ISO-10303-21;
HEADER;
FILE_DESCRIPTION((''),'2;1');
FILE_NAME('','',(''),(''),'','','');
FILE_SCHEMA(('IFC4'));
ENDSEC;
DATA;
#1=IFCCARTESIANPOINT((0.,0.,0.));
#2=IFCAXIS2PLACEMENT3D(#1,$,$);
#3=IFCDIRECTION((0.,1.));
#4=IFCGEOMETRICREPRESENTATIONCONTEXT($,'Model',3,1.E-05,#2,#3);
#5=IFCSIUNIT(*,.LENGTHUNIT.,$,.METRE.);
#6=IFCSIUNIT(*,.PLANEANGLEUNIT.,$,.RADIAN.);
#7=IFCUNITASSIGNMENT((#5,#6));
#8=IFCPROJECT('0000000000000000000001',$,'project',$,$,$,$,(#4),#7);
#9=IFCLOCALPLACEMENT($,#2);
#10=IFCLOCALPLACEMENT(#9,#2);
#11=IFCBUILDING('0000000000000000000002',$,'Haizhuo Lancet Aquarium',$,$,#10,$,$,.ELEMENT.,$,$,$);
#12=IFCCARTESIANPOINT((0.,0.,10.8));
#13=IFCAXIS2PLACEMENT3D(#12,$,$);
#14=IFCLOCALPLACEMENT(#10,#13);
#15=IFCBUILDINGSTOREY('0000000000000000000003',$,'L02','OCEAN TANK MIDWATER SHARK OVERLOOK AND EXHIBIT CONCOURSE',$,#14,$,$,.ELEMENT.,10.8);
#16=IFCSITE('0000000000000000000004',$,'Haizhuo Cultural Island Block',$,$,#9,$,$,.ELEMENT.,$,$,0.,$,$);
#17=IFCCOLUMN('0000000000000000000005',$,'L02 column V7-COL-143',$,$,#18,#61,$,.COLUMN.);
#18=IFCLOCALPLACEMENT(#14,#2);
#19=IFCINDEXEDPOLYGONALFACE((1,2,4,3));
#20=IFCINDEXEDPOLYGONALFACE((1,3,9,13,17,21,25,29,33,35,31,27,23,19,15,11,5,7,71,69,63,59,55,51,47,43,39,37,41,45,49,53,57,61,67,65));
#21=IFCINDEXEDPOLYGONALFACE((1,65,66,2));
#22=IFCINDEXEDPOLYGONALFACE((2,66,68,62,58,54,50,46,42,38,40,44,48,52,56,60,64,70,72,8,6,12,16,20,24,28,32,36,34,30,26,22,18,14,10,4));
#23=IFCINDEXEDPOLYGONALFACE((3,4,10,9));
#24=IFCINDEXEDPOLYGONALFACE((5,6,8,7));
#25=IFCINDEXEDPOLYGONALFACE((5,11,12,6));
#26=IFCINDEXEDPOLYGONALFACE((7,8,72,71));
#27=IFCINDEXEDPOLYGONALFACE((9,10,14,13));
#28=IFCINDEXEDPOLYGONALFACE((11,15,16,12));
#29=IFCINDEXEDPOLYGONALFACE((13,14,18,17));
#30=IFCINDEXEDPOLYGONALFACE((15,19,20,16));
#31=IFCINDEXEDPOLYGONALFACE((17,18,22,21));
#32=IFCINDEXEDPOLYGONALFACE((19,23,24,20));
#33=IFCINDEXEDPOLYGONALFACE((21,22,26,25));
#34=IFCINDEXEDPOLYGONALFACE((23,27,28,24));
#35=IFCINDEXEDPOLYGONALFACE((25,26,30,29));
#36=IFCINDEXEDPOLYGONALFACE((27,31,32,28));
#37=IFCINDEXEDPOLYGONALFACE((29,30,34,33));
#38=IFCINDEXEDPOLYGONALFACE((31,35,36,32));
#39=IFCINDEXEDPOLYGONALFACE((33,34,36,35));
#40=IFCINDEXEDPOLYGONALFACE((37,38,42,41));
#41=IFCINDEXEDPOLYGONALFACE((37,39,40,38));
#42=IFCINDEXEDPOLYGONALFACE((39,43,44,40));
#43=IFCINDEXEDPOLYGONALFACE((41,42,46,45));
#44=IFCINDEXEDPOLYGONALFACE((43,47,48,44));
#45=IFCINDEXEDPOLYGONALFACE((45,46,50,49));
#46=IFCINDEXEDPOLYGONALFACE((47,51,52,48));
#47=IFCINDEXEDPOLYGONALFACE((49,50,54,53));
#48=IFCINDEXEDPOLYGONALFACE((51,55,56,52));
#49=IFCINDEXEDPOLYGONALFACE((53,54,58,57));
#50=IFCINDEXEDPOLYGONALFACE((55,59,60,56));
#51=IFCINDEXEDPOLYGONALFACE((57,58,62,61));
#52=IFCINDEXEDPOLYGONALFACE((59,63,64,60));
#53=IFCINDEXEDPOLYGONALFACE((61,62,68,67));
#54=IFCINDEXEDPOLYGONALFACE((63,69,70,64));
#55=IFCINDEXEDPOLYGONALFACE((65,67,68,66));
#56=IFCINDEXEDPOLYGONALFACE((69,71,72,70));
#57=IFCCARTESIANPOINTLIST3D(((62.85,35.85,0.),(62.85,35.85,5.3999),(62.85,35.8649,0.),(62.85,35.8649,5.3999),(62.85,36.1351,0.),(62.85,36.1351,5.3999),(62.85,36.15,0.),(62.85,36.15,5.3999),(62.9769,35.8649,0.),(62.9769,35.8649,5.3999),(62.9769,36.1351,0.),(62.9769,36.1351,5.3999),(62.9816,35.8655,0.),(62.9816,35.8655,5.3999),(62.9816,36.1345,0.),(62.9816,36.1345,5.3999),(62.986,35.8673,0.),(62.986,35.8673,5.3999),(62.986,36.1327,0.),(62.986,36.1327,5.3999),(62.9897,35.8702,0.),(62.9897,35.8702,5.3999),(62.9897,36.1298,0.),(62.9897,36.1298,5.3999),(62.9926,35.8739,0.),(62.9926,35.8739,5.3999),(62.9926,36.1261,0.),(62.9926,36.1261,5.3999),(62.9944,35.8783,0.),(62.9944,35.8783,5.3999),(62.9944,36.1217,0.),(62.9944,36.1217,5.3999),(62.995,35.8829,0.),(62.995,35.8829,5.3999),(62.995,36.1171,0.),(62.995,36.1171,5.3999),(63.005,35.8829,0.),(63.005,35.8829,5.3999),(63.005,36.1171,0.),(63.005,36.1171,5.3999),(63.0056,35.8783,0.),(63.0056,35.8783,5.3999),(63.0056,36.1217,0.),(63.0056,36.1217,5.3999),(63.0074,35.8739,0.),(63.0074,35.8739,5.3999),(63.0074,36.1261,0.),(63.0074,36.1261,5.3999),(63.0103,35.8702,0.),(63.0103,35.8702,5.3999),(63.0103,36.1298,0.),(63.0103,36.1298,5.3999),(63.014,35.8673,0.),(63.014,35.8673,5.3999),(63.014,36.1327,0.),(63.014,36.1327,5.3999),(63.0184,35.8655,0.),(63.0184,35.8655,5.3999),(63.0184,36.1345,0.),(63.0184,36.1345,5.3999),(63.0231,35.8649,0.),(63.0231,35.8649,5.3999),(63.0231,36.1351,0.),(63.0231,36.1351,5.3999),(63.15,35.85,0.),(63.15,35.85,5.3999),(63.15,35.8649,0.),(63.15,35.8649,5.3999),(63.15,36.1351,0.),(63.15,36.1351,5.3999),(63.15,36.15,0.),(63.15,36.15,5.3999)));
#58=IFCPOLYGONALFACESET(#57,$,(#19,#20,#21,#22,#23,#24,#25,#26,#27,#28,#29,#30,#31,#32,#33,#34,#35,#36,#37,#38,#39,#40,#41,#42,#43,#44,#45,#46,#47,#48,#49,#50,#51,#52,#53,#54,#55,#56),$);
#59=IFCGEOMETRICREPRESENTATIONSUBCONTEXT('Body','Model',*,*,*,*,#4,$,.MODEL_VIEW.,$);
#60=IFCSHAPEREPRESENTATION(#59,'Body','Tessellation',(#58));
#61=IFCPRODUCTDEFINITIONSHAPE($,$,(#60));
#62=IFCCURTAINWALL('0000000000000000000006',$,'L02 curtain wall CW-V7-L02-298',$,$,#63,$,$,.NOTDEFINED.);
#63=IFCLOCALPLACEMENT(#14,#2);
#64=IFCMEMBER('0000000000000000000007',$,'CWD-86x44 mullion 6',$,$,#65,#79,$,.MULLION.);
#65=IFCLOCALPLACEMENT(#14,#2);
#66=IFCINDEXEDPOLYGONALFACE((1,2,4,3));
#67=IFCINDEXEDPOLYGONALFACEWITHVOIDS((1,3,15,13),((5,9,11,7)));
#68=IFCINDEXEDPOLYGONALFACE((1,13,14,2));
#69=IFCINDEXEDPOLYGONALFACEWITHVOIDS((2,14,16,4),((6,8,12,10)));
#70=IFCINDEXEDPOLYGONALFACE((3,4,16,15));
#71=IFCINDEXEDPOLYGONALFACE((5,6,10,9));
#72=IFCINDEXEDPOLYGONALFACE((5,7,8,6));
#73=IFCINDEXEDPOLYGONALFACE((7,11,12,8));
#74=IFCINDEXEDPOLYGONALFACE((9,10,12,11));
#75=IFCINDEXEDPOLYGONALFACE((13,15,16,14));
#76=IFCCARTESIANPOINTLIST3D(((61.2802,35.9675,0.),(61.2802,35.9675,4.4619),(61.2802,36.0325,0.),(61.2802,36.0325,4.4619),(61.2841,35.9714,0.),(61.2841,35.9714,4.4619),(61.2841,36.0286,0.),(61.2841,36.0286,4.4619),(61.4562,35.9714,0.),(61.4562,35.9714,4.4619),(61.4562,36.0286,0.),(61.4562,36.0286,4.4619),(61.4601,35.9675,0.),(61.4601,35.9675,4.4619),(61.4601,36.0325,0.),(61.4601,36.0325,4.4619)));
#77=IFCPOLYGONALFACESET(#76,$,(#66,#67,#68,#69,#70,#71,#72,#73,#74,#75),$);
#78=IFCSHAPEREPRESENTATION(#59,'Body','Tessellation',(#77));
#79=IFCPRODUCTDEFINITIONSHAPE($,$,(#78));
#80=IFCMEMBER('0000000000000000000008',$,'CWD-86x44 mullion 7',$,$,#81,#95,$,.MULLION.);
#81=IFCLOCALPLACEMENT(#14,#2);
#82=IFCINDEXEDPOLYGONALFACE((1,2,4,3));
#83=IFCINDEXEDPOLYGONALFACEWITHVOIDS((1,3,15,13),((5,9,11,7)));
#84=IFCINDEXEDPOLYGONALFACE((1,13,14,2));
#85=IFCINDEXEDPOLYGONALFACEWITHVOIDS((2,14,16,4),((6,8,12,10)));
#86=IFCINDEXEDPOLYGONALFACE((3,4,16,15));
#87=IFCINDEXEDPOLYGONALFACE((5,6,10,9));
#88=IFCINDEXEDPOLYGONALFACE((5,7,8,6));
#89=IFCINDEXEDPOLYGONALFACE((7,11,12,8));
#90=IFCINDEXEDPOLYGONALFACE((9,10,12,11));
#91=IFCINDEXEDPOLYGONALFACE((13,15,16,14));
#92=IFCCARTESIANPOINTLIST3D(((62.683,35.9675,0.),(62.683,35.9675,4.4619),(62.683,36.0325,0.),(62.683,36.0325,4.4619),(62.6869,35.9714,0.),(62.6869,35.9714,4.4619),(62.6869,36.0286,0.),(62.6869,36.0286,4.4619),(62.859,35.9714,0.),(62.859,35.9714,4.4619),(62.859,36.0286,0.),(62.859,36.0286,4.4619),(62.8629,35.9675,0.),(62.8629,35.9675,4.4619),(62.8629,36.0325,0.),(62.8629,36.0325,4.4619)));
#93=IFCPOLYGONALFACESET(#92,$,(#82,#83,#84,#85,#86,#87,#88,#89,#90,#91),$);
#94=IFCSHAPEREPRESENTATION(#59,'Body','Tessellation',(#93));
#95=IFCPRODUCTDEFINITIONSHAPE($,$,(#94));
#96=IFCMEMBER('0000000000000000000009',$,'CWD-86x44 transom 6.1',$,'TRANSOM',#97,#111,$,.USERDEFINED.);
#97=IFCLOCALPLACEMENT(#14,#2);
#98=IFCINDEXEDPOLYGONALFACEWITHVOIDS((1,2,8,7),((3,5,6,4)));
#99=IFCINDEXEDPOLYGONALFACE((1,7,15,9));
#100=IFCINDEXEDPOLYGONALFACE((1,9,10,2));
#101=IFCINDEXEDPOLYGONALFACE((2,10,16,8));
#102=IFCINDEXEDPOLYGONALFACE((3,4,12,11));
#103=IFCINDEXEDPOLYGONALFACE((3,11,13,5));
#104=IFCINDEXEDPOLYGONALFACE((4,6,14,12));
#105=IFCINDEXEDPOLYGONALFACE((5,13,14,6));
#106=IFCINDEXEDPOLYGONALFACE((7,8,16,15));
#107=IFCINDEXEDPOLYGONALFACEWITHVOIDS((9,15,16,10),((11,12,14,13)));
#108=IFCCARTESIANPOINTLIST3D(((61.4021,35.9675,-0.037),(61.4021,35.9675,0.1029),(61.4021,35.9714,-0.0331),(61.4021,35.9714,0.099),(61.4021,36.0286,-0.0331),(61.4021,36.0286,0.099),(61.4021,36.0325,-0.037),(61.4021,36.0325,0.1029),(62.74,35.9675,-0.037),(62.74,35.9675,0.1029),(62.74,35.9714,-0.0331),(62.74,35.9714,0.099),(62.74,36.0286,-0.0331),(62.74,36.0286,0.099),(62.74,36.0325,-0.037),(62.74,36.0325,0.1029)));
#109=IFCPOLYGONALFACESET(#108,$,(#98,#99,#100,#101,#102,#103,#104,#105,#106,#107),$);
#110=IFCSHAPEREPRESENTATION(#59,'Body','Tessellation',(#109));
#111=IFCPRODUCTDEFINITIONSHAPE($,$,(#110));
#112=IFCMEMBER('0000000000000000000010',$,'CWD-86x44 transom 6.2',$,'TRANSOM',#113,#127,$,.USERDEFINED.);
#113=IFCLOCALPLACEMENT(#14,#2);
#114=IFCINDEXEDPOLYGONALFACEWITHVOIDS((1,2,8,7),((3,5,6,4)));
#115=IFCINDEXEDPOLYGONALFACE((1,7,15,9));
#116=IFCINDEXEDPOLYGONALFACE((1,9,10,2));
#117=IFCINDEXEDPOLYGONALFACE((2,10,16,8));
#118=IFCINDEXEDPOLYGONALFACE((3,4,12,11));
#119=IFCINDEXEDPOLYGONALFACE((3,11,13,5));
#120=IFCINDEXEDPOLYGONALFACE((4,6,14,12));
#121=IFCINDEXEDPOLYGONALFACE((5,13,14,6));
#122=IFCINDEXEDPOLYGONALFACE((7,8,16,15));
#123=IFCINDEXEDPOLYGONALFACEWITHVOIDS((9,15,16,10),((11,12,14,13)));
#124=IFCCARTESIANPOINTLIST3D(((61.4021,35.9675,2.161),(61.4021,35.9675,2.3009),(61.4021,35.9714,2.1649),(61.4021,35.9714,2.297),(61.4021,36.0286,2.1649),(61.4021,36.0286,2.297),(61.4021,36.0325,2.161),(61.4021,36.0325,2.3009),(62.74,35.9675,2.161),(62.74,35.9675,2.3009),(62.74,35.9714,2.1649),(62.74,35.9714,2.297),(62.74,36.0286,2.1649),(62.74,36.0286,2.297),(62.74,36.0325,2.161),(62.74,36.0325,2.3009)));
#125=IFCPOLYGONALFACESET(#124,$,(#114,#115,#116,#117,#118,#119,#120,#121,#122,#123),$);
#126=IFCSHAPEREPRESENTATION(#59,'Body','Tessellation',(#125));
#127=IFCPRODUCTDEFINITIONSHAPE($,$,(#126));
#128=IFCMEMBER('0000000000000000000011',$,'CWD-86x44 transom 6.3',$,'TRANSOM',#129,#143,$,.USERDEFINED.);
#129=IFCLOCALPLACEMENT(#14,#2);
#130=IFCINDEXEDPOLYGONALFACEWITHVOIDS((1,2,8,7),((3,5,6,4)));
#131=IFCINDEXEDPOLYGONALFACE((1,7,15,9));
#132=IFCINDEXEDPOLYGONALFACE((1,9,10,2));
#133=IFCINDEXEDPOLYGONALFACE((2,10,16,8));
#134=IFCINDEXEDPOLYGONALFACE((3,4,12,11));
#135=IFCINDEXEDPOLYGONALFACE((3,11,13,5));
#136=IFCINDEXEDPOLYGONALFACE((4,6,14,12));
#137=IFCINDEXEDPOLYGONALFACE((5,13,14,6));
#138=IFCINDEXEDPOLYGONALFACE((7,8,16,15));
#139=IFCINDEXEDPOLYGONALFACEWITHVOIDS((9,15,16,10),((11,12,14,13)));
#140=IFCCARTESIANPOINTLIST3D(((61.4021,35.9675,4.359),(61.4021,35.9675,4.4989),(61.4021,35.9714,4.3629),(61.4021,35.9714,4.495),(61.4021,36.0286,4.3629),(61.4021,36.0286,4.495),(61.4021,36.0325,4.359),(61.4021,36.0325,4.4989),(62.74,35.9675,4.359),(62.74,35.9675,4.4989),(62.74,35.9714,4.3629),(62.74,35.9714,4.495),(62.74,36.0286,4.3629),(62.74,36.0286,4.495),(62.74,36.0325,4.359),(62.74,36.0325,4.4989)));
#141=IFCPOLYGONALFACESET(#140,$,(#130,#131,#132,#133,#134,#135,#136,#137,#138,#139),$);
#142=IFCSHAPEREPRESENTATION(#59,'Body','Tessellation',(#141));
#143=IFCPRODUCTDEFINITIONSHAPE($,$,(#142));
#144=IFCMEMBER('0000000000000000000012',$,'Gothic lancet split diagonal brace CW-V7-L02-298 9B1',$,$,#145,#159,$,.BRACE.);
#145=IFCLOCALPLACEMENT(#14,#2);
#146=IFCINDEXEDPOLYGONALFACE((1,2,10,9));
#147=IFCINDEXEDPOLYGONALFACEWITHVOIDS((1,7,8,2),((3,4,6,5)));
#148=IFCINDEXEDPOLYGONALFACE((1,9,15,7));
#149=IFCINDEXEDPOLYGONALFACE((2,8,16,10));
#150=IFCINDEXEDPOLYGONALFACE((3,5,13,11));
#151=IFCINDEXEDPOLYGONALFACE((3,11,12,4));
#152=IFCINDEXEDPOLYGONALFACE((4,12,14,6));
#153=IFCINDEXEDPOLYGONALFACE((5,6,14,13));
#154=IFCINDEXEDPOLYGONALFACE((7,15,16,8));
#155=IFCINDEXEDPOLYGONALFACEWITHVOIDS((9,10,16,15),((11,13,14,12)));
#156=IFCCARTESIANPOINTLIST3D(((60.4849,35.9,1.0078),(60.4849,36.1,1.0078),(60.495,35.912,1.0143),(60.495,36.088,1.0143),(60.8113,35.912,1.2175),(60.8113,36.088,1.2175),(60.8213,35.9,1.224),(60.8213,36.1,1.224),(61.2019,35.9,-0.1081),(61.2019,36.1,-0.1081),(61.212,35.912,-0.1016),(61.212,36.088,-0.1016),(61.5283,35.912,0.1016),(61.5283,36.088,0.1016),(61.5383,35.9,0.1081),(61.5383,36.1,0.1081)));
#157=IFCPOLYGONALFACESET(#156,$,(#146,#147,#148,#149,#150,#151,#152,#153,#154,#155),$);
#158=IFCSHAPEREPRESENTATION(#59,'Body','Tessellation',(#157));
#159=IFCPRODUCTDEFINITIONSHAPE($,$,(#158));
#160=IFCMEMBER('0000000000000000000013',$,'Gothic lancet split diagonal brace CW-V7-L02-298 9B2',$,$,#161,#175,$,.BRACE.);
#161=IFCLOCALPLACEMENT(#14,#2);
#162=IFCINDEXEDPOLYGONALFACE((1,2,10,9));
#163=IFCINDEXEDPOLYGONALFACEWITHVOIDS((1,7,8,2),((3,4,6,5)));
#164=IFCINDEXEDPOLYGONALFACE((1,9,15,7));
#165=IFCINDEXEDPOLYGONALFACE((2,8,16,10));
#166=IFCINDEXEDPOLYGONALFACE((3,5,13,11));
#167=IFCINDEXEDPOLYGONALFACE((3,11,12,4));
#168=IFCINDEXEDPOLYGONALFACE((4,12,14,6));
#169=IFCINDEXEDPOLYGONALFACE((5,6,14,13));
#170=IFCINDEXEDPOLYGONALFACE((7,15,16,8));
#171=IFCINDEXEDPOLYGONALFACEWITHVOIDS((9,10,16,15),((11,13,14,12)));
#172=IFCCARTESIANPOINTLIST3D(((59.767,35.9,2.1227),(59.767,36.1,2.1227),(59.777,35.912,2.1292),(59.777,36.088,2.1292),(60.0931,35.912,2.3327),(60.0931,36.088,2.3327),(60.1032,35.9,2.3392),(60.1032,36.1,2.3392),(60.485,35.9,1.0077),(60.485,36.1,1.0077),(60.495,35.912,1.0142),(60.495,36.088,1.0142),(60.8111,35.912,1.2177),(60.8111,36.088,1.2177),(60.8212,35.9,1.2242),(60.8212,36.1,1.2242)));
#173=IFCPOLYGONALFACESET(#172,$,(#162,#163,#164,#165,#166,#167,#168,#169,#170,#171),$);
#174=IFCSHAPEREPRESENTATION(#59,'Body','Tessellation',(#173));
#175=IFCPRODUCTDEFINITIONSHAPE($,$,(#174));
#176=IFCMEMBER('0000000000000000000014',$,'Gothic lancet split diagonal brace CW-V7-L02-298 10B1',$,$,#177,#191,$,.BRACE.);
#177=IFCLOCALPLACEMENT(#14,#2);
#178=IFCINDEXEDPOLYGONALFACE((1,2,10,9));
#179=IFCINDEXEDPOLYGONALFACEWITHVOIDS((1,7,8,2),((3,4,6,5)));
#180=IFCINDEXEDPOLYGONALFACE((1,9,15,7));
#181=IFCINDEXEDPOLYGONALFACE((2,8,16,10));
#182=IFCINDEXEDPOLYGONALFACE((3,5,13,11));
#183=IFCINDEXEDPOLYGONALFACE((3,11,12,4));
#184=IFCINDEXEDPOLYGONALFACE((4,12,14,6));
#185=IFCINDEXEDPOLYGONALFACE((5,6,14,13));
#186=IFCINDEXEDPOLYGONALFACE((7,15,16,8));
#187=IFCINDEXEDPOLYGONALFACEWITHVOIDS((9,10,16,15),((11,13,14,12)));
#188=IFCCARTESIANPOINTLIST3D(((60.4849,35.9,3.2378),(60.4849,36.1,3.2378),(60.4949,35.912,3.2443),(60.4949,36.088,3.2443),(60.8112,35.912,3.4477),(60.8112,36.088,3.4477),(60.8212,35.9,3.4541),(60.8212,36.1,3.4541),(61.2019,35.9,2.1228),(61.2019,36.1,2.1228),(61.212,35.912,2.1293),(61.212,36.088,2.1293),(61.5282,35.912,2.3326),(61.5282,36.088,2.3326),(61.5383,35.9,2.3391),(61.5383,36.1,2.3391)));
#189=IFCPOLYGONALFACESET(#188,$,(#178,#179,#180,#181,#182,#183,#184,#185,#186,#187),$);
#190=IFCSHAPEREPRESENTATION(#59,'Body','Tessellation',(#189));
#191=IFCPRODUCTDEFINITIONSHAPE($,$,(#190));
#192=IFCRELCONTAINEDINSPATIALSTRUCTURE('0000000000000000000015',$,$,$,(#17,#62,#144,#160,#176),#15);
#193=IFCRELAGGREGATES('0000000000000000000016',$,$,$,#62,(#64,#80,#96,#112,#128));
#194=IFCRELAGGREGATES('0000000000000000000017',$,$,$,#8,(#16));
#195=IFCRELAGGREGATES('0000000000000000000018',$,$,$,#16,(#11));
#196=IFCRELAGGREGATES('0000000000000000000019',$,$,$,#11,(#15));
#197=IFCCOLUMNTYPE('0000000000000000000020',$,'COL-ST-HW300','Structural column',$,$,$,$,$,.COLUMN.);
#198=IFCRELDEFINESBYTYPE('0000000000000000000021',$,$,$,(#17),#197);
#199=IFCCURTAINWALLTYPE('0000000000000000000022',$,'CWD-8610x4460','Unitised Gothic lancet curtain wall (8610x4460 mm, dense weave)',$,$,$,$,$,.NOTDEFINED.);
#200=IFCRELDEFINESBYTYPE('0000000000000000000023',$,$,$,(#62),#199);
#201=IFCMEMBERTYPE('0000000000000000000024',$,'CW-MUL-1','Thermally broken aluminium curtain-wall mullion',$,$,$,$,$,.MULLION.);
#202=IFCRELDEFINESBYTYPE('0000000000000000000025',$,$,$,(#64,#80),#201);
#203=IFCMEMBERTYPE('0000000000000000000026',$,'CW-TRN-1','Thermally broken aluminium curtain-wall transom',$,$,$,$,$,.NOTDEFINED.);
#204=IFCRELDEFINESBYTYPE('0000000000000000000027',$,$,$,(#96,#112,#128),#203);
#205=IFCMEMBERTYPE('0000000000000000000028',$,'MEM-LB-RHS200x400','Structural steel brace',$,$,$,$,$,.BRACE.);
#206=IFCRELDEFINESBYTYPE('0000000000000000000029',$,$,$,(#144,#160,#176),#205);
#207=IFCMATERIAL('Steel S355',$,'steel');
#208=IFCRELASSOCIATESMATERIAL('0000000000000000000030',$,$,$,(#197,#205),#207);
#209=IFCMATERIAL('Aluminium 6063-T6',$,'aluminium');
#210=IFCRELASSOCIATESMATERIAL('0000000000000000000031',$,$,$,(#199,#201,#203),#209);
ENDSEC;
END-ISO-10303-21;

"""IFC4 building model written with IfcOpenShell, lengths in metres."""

from ifc_helpers import new_model, si_unit, direction, frame, origin, origin_2d, place, context, subcontext, project, spatial, hollow_rectangle, i_section, extrude, material, material_profile, profile_set, type_object, element, aggregate, save


model = new_model("IFC4")

# Units and contexts
model_context = context("Model", 3, precision=1e-05, world=origin(), true_north=direction((0.0, 1.0)))
body_context = subcontext(model_context, "Body", "Model", "MODEL_VIEW")
ifc_project = project(units=[si_unit("LENGTHUNIT", "METRE"), si_unit("PLANEANGLEUNIT", "RADIAN")], contexts=[model_context])

# Site, building, storey
site_placement = place(None, origin())
site = spatial("IfcSite", under=ifc_project, at=site_placement, Name="Haizhuo Cultural Island Block", CompositionType="ELEMENT", RefElevation=0.0)
building_placement = place(site_placement, origin())
building = spatial("IfcBuilding", under=site, at=building_placement, Name="Haizhuo Lancet Aquarium", CompositionType="ELEMENT")
storey_placement = place(building_placement, frame((0.0, 0.0, 10.8)))
storey = spatial("IfcBuildingStorey", under=building, at=storey_placement, Name="L02", Description="OCEAN TANK MIDWATER SHARK OVERLOOK AND EXHIBIT CONCOURSE", CompositionType="ELEMENT", Elevation=10.8)

# Column
ifc_material_1 = material(Name="Steel S355", Category="steel")
ifc_material_profile_1 = material_profile(ifc_material_1, i_section(OverallWidth=0.3, OverallDepth=0.3, WebThickness=0.01, FlangeThickness=0.0149, FilletRadius=0.0181, at=origin_2d()), Name="HW 300x300x10x15")
ifc_profile_set_1 = profile_set([ifc_material_profile_1], Name="Steel S355")
column_type = type_object("IfcColumnType", Name="COL-ST-HW300", Description="Structural column", PredefinedType="COLUMN", material=ifc_profile_set_1)
column_placement = place(storey_placement, frame((63.0, 36.0, 0.0), z_axis=(0.0, 0.0, 1.0), x_axis=(1.0, 0.0, 0.0)))
element("IfcColumn", 1, at=column_placement, inside=storey, type_object=column_type, Name="L02 column V7-COL-143", PredefinedType="COLUMN", context=body_context, shape_type="SweptSolid", body=[
    extrude(i_section(OverallWidth=0.3, OverallDepth=0.3, WebThickness=0.01, FlangeThickness=0.0149, FilletRadius=0.0181, at=origin_2d()), origin(), (0.0, 0.0, 1.0), 5.3999),
])

# Curtain wall, members
ifc_material_2 = material(Name="Aluminium 6063-T6", Category="aluminium")
curtain_wall_type = type_object("IfcCurtainWallType", Name="CWD-8610x4460", Description="Unitised Gothic lancet curtain wall (8610x4460 mm, dense weave)", PredefinedType="NOTDEFINED", material=ifc_material_2)
curtain_wall_placement = place(storey_placement, origin())
curtain_wall = element("IfcCurtainWall", 2, at=curtain_wall_placement, inside=storey, type_object=curtain_wall_type, Name="L02 curtain wall CW-V7-L02-298", PredefinedType="NOTDEFINED")
ifc_material_profile_2 = material_profile(ifc_material_2, hollow_rectangle(XDim=0.0649, YDim=0.1799, WallThickness=0.0039, at=origin_2d()), Name="ALU-M 65x180x4")
ifc_profile_set_2 = profile_set([ifc_material_profile_2], Name="Aluminium 6063-T6")
member_type_1 = type_object("IfcMemberType", Name="CW-MUL-1", Description="Thermally broken aluminium curtain-wall mullion", PredefinedType="MULLION", material=ifc_profile_set_2)
member_1_placement = place(storey_placement, frame((61.3701, 36.0, 0.0), z_axis=(0.0, 0.0, 1.0), x_axis=(0.0, 1.0, 0.0)))
member_1 = element("IfcMember", 3, at=member_1_placement, type_object=member_type_1, Name="CWD-86x44 mullion 6", PredefinedType="MULLION", context=body_context, shape_type="SweptSolid", body=[
    extrude(hollow_rectangle(XDim=0.0649, YDim=0.1799, WallThickness=0.0039, at=origin_2d()), origin(), (0.0, 0.0, 1.0), 4.4619),
])
member_2_placement = place(storey_placement, frame((62.7729, 36.0, 0.0), z_axis=(0.0, 0.0, 1.0), x_axis=(0.0, 1.0, 0.0)))
member_2 = element("IfcMember", 4, at=member_2_placement, type_object=member_type_1, Name="CWD-86x44 mullion 7", PredefinedType="MULLION", context=body_context, shape_type="SweptSolid", body=[
    extrude(hollow_rectangle(XDim=0.0649, YDim=0.1799, WallThickness=0.0039, at=origin_2d()), origin(), (0.0, 0.0, 1.0), 4.4619),
])
ifc_material_profile_3 = material_profile(ifc_material_2, hollow_rectangle(XDim=0.0649, YDim=0.1399, WallThickness=0.0039, at=origin_2d()), Name="ALU-T 65x140x4")
ifc_profile_set_3 = profile_set([ifc_material_profile_3], Name="Aluminium 6063-T6")
member_type_2 = type_object("IfcMemberType", Name="CW-TRN-1", Description="Thermally broken aluminium curtain-wall transom", PredefinedType="NOTDEFINED", material=ifc_profile_set_3)
member_3_placement = place(storey_placement, frame((61.4021, 36.0, 0.033), z_axis=(1.0, 0.0, 0.0), x_axis=(0.0, 1.0, 0.0)))
member_3 = element("IfcMember", 5, at=member_3_placement, type_object=member_type_2, Name="CWD-86x44 transom 6.1", ObjectType="TRANSOM", PredefinedType="USERDEFINED", context=body_context, shape_type="SweptSolid", body=[
    extrude(hollow_rectangle(XDim=0.0649, YDim=0.1399, WallThickness=0.0039, at=origin_2d()), origin(), (0.0, 0.0, 1.0), 1.3379),
])
member_4_placement = place(storey_placement, frame((61.4021, 36.0, 2.231), z_axis=(1.0, 0.0, 0.0), x_axis=(0.0, 1.0, 0.0)))
member_4 = element("IfcMember", 6, at=member_4_placement, type_object=member_type_2, Name="CWD-86x44 transom 6.2", ObjectType="TRANSOM", PredefinedType="USERDEFINED", context=body_context, shape_type="SweptSolid", body=[
    extrude(hollow_rectangle(XDim=0.0649, YDim=0.1399, WallThickness=0.0039, at=origin_2d()), origin(), (0.0, 0.0, 1.0), 1.3379),
])
member_5_placement = place(storey_placement, frame((61.4021, 36.0, 4.429), z_axis=(1.0, 0.0, 0.0), x_axis=(0.0, 1.0, 0.0)))
member_5 = element("IfcMember", 7, at=member_5_placement, type_object=member_type_2, Name="CWD-86x44 transom 6.3", ObjectType="TRANSOM", PredefinedType="USERDEFINED", context=body_context, shape_type="SweptSolid", body=[
    extrude(hollow_rectangle(XDim=0.0649, YDim=0.1399, WallThickness=0.0039, at=origin_2d()), origin(), (0.0, 0.0, 1.0), 1.3379),
])

# Members
ifc_material_profile_4 = material_profile(ifc_material_1, hollow_rectangle(XDim=0.2, YDim=0.3999, WallThickness=0.012, at=origin_2d()), Name="RHS 200x400x12")
ifc_profile_set_4 = profile_set([ifc_material_profile_4], Name="Steel S355")
member_type_3 = type_object("IfcMemberType", Name="MEM-LB-RHS200x400", Description="Structural steel brace", PredefinedType="BRACE", material=ifc_profile_set_4)
member_6_placement = place(storey_placement, frame((61.3701, 36.0, 0.0), z_axis=(-0.540562, 0.0, 0.841304), x_axis=(0.0, -1.0, 0.0)))
element("IfcMember", 8, at=member_6_placement, inside=storey, type_object=member_type_3, Name="Gothic lancet split diagonal brace CW-V7-L02-298 9B1", PredefinedType="BRACE", context=body_context, shape_type="SweptSolid", body=[
    extrude(hollow_rectangle(XDim=0.2, YDim=0.3999, WallThickness=0.012, at=origin_2d()), origin(), (0.0, 0.0, 1.0), 1.3264),
])
member_7_placement = place(storey_placement, frame((60.6531, 36.0, 1.116), z_axis=(-0.541418, 0.0, 0.840754), x_axis=(0.0, -1.0, 0.0)))
element("IfcMember", 9, at=member_7_placement, inside=storey, type_object=member_type_3, Name="Gothic lancet split diagonal brace CW-V7-L02-298 9B2", PredefinedType="BRACE", context=body_context, shape_type="SweptSolid", body=[
    extrude(hollow_rectangle(XDim=0.2, YDim=0.3999, WallThickness=0.012, at=origin_2d()), origin(), (0.0, 0.0, 1.0), 1.3262),
])
member_8_placement = place(storey_placement, frame((61.3701, 36.0, 2.231), z_axis=(-0.540897, 0.0, 0.841089), x_axis=(0.0, -1.0, 0.0)))
element("IfcMember", 10, at=member_8_placement, inside=storey, type_object=member_type_3, Name="Gothic lancet split diagonal brace CW-V7-L02-298 10B1", PredefinedType="BRACE", context=body_context, shape_type="SweptSolid", body=[
    extrude(hollow_rectangle(XDim=0.2, YDim=0.3999, WallThickness=0.012, at=origin_2d()), origin(), (0.0, 0.0, 1.0), 1.3257),
])

aggregate(curtain_wall, [member_1, member_2, member_3, member_4, member_5])

save(model, "model.ifc")
